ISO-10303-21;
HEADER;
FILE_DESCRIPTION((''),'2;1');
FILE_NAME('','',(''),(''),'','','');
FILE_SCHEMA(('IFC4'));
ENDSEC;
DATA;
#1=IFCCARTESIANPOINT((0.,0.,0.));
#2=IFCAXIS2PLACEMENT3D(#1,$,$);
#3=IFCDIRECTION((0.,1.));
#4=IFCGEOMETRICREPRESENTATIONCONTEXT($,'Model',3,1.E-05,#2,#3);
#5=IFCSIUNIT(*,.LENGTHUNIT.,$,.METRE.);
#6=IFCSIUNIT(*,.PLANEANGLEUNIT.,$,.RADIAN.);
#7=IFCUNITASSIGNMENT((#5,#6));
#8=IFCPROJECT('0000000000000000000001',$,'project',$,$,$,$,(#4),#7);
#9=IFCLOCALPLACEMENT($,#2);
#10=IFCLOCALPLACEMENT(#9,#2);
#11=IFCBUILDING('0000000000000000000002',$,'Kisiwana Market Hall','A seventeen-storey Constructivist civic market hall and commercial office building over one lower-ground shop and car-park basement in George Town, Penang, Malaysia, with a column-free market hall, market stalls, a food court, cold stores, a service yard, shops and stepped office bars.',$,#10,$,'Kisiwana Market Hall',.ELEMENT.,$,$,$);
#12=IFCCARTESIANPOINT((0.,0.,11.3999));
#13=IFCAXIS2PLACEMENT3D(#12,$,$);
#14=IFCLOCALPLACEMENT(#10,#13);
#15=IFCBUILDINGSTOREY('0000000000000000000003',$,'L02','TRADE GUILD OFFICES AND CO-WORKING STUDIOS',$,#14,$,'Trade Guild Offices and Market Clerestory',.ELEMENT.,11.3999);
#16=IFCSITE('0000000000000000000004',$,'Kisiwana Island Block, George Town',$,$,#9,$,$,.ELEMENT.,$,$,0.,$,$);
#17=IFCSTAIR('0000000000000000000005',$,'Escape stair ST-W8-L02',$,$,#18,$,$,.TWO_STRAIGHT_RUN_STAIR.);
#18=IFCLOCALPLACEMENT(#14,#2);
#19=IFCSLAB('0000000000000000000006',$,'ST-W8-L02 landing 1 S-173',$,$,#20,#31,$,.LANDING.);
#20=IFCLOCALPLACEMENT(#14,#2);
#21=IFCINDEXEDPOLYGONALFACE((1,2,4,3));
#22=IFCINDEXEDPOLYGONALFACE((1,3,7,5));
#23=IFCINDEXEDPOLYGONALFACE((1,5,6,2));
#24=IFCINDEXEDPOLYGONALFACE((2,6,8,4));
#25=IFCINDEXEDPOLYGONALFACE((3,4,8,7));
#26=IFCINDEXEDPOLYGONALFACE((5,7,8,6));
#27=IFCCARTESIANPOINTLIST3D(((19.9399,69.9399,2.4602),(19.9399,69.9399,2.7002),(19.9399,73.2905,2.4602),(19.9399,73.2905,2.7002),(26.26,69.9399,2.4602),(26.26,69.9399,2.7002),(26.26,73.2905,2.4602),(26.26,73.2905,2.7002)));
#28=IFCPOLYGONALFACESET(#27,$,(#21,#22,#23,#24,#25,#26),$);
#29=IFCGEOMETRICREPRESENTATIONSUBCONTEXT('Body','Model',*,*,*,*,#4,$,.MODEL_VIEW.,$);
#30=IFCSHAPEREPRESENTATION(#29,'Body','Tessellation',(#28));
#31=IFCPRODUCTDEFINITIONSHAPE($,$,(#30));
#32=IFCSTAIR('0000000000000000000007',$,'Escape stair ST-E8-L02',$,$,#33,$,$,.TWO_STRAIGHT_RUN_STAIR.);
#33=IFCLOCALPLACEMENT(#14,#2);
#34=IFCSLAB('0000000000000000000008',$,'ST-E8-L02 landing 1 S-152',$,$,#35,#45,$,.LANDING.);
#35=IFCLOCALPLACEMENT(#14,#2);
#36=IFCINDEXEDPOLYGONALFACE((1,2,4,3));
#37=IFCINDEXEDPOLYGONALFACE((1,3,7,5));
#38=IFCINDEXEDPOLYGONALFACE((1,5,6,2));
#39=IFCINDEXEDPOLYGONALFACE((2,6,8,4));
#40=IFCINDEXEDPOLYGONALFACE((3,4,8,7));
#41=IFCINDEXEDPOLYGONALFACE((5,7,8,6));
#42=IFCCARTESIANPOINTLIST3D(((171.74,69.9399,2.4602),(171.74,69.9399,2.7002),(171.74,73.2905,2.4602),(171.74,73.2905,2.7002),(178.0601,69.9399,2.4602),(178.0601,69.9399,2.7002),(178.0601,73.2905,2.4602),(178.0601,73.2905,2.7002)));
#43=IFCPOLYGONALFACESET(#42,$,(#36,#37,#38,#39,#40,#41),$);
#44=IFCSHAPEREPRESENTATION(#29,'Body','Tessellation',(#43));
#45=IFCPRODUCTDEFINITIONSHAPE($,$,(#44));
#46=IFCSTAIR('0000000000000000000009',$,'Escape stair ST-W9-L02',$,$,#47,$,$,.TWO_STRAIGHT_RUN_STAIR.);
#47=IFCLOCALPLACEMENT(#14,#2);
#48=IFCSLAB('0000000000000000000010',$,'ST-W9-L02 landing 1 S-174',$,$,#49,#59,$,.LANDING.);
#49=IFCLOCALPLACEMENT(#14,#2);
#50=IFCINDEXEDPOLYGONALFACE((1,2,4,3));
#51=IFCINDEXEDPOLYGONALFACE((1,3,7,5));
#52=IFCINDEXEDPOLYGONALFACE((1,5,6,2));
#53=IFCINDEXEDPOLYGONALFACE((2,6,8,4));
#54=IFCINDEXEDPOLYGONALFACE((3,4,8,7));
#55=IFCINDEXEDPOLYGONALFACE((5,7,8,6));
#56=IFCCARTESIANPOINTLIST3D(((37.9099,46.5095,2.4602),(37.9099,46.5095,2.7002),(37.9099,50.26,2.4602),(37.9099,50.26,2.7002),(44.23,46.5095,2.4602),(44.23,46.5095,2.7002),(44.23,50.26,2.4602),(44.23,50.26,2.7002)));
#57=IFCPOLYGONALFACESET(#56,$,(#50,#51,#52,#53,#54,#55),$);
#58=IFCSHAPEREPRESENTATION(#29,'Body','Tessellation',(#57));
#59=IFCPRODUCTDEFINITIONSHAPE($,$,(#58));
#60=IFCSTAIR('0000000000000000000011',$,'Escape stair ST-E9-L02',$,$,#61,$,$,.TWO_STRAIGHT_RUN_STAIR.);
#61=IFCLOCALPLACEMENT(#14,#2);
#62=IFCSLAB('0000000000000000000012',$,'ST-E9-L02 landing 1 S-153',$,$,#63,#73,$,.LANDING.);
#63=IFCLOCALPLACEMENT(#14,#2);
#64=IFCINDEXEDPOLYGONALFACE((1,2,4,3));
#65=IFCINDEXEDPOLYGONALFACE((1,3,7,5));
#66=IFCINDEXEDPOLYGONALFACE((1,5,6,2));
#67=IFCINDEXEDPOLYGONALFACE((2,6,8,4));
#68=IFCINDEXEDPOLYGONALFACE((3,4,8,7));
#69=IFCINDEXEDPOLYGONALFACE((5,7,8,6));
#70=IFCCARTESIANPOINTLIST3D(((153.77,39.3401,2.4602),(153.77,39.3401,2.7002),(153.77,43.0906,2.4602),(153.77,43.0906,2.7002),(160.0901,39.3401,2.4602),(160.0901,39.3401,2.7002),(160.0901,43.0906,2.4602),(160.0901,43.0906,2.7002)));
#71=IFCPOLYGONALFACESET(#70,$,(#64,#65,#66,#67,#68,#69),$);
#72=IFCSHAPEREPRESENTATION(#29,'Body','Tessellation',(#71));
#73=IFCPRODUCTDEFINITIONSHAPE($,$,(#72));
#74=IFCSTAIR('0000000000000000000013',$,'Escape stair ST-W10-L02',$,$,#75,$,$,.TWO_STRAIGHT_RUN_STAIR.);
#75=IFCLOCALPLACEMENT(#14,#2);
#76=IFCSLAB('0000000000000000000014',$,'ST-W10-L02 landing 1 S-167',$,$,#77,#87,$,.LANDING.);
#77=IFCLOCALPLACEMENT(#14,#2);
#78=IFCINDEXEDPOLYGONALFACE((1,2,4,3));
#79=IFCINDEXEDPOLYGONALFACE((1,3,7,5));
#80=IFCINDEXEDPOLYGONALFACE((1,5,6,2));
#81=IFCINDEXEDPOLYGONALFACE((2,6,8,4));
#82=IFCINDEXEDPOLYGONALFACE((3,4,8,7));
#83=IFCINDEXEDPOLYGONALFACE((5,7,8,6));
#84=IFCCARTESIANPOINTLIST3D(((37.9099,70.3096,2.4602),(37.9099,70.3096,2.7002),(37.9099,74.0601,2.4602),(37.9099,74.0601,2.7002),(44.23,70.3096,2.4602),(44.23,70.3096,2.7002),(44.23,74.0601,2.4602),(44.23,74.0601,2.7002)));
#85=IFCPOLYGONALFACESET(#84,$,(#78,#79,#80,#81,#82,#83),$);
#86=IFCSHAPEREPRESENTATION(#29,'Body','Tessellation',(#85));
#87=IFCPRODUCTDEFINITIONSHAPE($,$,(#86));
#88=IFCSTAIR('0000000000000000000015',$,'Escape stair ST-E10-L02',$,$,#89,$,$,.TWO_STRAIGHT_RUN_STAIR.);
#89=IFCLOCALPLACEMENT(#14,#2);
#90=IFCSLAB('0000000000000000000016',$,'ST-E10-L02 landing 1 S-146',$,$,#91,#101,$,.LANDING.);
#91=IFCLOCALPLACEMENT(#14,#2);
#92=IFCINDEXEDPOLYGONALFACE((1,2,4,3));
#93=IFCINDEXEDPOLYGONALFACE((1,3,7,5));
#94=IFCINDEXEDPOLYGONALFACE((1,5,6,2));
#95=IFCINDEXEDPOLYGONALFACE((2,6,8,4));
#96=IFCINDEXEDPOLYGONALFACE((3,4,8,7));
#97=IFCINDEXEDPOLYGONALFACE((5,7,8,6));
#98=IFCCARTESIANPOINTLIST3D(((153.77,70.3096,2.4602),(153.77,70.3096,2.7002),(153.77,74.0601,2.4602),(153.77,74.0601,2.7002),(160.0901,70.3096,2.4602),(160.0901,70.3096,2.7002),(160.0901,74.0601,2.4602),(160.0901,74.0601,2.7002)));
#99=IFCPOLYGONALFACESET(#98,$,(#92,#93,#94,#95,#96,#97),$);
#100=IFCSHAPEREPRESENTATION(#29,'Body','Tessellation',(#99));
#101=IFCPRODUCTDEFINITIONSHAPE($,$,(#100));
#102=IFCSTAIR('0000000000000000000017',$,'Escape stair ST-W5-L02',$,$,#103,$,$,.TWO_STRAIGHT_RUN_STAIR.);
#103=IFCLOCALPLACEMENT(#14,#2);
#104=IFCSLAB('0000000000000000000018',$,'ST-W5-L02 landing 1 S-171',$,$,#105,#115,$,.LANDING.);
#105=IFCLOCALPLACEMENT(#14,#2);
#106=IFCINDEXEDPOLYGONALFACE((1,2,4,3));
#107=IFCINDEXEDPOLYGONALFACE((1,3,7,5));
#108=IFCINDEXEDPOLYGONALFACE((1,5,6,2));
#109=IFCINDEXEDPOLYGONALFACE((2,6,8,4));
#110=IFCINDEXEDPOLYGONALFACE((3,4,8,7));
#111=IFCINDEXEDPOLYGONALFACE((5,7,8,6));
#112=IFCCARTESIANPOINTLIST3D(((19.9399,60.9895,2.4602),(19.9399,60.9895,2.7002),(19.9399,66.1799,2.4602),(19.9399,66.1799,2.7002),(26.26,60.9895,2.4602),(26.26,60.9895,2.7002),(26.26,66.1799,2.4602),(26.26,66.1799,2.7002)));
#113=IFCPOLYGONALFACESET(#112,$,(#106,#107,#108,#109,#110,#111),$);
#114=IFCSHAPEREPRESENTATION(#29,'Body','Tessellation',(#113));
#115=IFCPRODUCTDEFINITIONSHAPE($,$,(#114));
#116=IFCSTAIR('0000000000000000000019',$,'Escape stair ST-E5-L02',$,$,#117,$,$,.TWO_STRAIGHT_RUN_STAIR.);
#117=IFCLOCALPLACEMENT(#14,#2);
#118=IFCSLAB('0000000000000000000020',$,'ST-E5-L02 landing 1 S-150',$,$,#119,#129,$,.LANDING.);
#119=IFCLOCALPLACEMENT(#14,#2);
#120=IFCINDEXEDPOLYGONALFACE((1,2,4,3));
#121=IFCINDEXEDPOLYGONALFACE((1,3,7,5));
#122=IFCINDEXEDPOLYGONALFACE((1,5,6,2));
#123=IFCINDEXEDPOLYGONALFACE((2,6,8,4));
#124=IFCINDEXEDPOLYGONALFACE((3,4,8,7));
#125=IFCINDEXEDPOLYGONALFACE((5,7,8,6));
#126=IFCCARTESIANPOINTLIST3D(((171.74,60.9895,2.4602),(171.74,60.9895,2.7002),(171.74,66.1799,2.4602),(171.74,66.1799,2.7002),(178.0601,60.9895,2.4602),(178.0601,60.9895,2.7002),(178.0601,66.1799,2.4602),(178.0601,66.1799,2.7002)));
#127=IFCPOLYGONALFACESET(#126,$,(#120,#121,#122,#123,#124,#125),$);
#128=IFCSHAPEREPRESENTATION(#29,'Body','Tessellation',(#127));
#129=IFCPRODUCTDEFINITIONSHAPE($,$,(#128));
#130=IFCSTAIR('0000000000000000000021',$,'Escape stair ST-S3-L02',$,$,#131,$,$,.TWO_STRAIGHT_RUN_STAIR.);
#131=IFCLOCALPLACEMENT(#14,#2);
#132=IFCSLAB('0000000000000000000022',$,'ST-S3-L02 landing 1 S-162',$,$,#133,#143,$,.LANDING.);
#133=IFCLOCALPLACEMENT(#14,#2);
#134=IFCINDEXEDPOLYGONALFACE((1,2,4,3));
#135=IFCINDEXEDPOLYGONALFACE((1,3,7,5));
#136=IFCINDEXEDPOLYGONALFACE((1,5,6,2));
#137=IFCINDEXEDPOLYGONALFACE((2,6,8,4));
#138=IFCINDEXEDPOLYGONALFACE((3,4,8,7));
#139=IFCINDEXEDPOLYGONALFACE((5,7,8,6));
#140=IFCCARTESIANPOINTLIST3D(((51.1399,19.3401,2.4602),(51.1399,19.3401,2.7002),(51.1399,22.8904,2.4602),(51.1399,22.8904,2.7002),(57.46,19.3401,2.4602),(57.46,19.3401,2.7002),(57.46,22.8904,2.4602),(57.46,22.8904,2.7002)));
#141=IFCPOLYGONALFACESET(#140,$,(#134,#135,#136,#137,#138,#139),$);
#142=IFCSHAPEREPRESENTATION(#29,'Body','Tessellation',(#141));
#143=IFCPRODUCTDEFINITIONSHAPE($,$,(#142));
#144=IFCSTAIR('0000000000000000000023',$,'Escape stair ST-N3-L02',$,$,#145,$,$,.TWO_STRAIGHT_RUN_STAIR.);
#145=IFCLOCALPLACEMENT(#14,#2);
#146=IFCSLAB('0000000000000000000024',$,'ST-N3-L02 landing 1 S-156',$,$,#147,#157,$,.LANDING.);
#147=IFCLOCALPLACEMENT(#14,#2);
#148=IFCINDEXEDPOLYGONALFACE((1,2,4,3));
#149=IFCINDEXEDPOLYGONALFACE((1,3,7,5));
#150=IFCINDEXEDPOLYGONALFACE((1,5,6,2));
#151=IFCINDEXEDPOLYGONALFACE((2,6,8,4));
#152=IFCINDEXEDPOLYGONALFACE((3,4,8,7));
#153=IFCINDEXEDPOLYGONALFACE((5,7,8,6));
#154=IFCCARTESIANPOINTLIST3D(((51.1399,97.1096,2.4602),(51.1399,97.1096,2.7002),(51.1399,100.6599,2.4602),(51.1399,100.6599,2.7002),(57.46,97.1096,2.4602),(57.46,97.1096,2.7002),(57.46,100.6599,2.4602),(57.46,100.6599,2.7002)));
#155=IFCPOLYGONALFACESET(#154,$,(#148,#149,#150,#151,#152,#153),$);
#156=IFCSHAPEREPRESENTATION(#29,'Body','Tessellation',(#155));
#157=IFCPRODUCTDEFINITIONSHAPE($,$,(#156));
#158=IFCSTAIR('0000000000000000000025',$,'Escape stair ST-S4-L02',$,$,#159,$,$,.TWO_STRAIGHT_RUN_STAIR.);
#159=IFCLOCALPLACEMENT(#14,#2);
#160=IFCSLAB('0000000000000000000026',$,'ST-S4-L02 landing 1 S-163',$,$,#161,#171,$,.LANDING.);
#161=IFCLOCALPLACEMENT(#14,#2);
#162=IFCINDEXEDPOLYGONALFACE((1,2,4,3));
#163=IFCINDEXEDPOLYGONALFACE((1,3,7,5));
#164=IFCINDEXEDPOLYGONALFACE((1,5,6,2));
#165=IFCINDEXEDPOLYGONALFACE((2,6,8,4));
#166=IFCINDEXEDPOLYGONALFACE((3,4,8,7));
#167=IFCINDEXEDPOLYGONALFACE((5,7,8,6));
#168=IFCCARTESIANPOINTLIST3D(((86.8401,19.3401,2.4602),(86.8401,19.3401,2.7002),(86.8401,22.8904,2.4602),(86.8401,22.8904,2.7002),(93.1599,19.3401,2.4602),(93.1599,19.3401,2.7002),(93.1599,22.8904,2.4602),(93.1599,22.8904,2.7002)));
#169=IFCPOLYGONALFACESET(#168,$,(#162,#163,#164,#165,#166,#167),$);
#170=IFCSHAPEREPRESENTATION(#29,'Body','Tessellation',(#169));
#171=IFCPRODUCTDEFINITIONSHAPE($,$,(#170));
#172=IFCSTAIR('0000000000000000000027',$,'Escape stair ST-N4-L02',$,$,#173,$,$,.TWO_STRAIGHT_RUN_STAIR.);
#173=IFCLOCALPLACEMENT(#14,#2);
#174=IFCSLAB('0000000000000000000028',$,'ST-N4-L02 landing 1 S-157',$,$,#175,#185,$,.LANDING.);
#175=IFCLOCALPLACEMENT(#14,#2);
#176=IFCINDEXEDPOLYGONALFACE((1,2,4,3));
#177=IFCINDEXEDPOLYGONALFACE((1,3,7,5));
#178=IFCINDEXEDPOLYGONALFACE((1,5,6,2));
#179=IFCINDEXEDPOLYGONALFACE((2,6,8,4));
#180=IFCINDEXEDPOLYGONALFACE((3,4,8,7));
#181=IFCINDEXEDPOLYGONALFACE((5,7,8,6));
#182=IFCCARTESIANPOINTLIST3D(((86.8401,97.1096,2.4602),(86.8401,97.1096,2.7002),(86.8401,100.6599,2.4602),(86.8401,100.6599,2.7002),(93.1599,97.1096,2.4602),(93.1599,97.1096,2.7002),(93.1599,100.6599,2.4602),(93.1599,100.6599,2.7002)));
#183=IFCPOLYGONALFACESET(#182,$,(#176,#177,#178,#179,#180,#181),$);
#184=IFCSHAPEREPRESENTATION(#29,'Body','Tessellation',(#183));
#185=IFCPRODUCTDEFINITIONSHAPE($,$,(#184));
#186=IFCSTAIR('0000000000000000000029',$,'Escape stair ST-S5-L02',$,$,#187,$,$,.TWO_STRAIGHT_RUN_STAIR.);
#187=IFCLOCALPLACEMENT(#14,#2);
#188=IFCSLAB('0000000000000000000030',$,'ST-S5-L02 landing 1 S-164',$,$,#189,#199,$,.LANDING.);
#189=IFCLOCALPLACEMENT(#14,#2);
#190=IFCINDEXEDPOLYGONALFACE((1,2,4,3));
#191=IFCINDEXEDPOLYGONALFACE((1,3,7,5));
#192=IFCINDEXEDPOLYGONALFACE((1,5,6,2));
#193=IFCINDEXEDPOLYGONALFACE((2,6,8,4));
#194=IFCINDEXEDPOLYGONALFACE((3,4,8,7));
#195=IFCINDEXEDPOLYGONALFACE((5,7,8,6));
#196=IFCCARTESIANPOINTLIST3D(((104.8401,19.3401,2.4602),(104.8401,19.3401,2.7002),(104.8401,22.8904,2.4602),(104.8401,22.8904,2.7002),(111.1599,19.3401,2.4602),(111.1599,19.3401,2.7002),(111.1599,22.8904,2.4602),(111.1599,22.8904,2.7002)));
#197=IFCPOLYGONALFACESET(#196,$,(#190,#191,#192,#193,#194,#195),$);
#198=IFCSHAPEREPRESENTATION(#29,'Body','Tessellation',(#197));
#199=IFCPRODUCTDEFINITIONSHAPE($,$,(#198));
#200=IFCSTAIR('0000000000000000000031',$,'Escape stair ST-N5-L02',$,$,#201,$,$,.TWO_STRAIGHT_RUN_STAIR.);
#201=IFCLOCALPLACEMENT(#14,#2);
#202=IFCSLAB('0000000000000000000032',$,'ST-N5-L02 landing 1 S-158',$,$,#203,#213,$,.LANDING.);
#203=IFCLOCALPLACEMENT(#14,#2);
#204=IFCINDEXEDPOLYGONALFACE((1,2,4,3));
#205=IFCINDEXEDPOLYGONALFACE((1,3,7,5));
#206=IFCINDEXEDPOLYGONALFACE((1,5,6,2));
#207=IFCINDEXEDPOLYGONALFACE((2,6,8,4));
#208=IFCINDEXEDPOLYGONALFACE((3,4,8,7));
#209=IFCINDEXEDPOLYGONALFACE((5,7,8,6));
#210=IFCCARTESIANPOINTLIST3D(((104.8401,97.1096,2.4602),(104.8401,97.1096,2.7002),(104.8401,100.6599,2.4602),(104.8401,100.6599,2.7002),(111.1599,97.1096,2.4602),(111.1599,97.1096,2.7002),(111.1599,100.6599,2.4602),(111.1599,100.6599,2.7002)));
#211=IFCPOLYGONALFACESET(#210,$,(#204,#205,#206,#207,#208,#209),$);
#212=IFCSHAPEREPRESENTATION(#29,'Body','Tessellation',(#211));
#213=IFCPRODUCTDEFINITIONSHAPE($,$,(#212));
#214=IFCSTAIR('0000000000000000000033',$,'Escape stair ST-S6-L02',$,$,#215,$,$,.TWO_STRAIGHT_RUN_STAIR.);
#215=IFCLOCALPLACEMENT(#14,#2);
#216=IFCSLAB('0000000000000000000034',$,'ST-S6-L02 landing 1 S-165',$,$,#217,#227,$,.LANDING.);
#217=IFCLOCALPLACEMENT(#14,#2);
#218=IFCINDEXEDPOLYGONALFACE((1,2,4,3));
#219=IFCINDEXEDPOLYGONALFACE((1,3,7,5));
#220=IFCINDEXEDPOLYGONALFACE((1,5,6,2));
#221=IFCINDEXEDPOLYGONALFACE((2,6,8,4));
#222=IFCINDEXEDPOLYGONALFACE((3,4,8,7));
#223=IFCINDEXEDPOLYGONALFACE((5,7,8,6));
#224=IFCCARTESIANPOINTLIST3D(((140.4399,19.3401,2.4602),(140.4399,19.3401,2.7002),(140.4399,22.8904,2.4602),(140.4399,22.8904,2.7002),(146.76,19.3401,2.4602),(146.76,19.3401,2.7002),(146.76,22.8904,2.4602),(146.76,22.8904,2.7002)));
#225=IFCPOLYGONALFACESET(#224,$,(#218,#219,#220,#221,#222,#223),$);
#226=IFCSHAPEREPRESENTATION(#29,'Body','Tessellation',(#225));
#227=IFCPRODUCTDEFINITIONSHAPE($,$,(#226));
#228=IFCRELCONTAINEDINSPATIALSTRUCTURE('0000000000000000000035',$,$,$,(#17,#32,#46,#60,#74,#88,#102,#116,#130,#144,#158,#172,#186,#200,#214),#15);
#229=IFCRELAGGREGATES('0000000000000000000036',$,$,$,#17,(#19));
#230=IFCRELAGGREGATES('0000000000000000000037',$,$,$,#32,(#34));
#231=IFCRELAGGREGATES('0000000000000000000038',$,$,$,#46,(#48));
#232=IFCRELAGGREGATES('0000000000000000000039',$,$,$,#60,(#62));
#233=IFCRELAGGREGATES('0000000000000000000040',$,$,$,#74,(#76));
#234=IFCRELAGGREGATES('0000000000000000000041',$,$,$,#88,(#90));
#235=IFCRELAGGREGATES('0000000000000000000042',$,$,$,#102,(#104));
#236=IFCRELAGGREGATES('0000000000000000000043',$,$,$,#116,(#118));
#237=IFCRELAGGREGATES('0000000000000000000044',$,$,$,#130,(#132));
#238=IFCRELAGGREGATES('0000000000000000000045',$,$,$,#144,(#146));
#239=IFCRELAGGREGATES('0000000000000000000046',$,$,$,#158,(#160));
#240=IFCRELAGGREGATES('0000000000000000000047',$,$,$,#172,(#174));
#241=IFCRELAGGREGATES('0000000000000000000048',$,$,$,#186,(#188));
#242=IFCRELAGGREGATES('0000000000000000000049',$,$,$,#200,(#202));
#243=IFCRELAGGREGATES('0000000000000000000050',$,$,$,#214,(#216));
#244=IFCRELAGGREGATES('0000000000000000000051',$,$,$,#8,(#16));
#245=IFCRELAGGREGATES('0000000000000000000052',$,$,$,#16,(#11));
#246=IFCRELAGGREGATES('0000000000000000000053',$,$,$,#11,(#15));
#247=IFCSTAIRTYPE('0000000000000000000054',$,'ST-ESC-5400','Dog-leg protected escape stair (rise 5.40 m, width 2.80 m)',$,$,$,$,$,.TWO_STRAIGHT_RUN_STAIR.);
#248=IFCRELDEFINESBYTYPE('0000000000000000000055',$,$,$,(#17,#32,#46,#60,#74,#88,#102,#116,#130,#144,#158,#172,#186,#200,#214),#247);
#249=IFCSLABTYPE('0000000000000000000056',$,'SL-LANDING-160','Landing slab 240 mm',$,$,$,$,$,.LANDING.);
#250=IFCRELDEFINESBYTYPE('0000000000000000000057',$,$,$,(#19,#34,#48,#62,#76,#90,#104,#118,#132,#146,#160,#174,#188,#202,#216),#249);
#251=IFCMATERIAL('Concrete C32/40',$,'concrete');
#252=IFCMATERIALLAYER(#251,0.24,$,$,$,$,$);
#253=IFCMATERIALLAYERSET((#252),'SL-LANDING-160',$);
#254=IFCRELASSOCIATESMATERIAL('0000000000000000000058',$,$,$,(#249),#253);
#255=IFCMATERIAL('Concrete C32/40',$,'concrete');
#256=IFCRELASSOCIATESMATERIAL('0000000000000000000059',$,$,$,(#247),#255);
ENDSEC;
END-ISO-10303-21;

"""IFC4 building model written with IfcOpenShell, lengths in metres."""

from ifc_helpers import new_model, si_unit, direction, frame, origin, place, context, subcontext, project, spatial, polyline, outline, extrude, material, layer, layer_set, type_object, element, aggregate, save


model = new_model("IFC4")

# Units and contexts
model_context = context("Model", 3, precision=1e-05, world=origin(), true_north=direction((0.0, 1.0)))
body_context = subcontext(model_context, "Body", "Model", "MODEL_VIEW")
ifc_project = project(units=[si_unit("LENGTHUNIT", "METRE"), si_unit("PLANEANGLEUNIT", "RADIAN")], contexts=[model_context])

# Site, building, storey
site_placement = place(None, origin())
site = spatial("IfcSite", under=ifc_project, at=site_placement, Name="Kisiwana Island Block, George Town", CompositionType="ELEMENT", RefElevation=0.0)
building_placement = place(site_placement, origin())
building = spatial("IfcBuilding", under=site, at=building_placement, Name="Kisiwana Market Hall", Description="A seventeen-storey Constructivist civic market hall and commercial office building over one lower-ground shop and car-park basement in George Town, Penang, Malaysia, with a column-free market hall, market stalls, a food court, cold stores, a service yard, shops and stepped office bars.", LongName="Kisiwana Market Hall", CompositionType="ELEMENT")
storey_placement = place(building_placement, frame((0.0, 0.0, 11.3999)))
storey = spatial("IfcBuildingStorey", under=building, at=storey_placement, Name="L02", Description="TRADE GUILD OFFICES AND CO-WORKING STUDIOS", LongName="Trade Guild Offices and Market Clerestory", CompositionType="ELEMENT", Elevation=11.3999)

# Stairs, slabs
ifc_material_1 = material(Name="Concrete C32/40", Category="concrete")
ifc_layer_1 = layer(ifc_material_1, 0.24)
ifc_layer_set_1 = layer_set([ifc_layer_1], Name="SL-LANDING-160")
slab_type_1 = type_object("IfcSlabType", Name="SL-LANDING-160", Description="Landing slab 240 mm", PredefinedType="LANDING", material=ifc_layer_set_1)
ifc_material_2 = material(Name="Concrete C32/40", Category="concrete")
stair_type_1 = type_object("IfcStairType", Name="ST-ESC-5400", Description="Dog-leg protected escape stair (rise 5.40 m, width 2.80 m)", PredefinedType="TWO_STRAIGHT_RUN_STAIR", material=ifc_material_2)
stair_1_placement = place(storey_placement, origin())
stair_1 = element("IfcStair", 1, at=stair_1_placement, inside=storey, type_object=stair_type_1, Name="Escape stair ST-W8-L02", PredefinedType="TWO_STRAIGHT_RUN_STAIR")
slab_1_placement = place(storey_placement, frame((0.0, 0.0, 2.4602)))
slab_1 = element("IfcSlab", 2, at=slab_1_placement, type_object=slab_type_1, Name="ST-W8-L02 landing 1 S-173", PredefinedType="LANDING", context=body_context, shape_type="SweptSolid", body=[
    extrude(outline(polyline([(19.9399, 69.9399), (26.26, 69.9399), (26.26, 73.2905), (19.9399, 73.2905), (19.9399, 69.9399)])), origin(), (0.0, 0.0, 1.0), 0.24),
])
aggregate(stair_1, [slab_1])
stair_2_placement = place(storey_placement, origin())
stair_2 = element("IfcStair", 3, at=stair_2_placement, inside=storey, type_object=stair_type_1, Name="Escape stair ST-E8-L02", PredefinedType="TWO_STRAIGHT_RUN_STAIR")
slab_2_placement = place(storey_placement, frame((0.0, 0.0, 2.4602)))
slab_2 = element("IfcSlab", 4, at=slab_2_placement, type_object=slab_type_1, Name="ST-E8-L02 landing 1 S-152", PredefinedType="LANDING", context=body_context, shape_type="SweptSolid", body=[
    extrude(outline(polyline([(171.74, 69.9399), (178.0601, 69.9399), (178.0601, 73.2905), (171.74, 73.2905), (171.74, 69.9399)])), origin(), (0.0, 0.0, 1.0), 0.24),
])
aggregate(stair_2, [slab_2])
stair_3_placement = place(storey_placement, origin())
stair_3 = element("IfcStair", 5, at=stair_3_placement, inside=storey, type_object=stair_type_1, Name="Escape stair ST-W9-L02", PredefinedType="TWO_STRAIGHT_RUN_STAIR")
slab_3_placement = place(storey_placement, frame((0.0, 0.0, 2.4602)))
slab_3 = element("IfcSlab", 6, at=slab_3_placement, type_object=slab_type_1, Name="ST-W9-L02 landing 1 S-174", PredefinedType="LANDING", context=body_context, shape_type="SweptSolid", body=[
    extrude(outline(polyline([(37.9099, 46.5095), (44.23, 46.5095), (44.23, 50.26), (37.9099, 50.26), (37.9099, 46.5095)])), origin(), (0.0, 0.0, 1.0), 0.24),
])
aggregate(stair_3, [slab_3])
stair_4_placement = place(storey_placement, origin())
stair_4 = element("IfcStair", 7, at=stair_4_placement, inside=storey, type_object=stair_type_1, Name="Escape stair ST-E9-L02", PredefinedType="TWO_STRAIGHT_RUN_STAIR")
slab_4_placement = place(storey_placement, frame((0.0, 0.0, 2.4602)))
slab_4 = element("IfcSlab", 8, at=slab_4_placement, type_object=slab_type_1, Name="ST-E9-L02 landing 1 S-153", PredefinedType="LANDING", context=body_context, shape_type="SweptSolid", body=[
    extrude(outline(polyline([(153.77, 39.3401), (160.0901, 39.3401), (160.0901, 43.0906), (153.77, 43.0906), (153.77, 39.3401)])), origin(), (0.0, 0.0, 1.0), 0.24),
])
aggregate(stair_4, [slab_4])
stair_5_placement = place(storey_placement, origin())
stair_5 = element("IfcStair", 9, at=stair_5_placement, inside=storey, type_object=stair_type_1, Name="Escape stair ST-W10-L02", PredefinedType="TWO_STRAIGHT_RUN_STAIR")
slab_5_placement = place(storey_placement, frame((0.0, 0.0, 2.4602)))
slab_5 = element("IfcSlab", 10, at=slab_5_placement, type_object=slab_type_1, Name="ST-W10-L02 landing 1 S-167", PredefinedType="LANDING", context=body_context, shape_type="SweptSolid", body=[
    extrude(outline(polyline([(37.9099, 70.3096), (44.23, 70.3096), (44.23, 74.0601), (37.9099, 74.0601), (37.9099, 70.3096)])), origin(), (0.0, 0.0, 1.0), 0.24),
])
aggregate(stair_5, [slab_5])
stair_6_placement = place(storey_placement, origin())
stair_6 = element("IfcStair", 11, at=stair_6_placement, inside=storey, type_object=stair_type_1, Name="Escape stair ST-E10-L02", PredefinedType="TWO_STRAIGHT_RUN_STAIR")
slab_6_placement = place(storey_placement, frame((0.0, 0.0, 2.4602)))
slab_6 = element("IfcSlab", 12, at=slab_6_placement, type_object=slab_type_1, Name="ST-E10-L02 landing 1 S-146", PredefinedType="LANDING", context=body_context, shape_type="SweptSolid", body=[
    extrude(outline(polyline([(153.77, 70.3096), (160.0901, 70.3096), (160.0901, 74.0601), (153.77, 74.0601), (153.77, 70.3096)])), origin(), (0.0, 0.0, 1.0), 0.24),
])
aggregate(stair_6, [slab_6])
stair_7_placement = place(storey_placement, origin())
stair_7 = element("IfcStair", 13, at=stair_7_placement, inside=storey, type_object=stair_type_1, Name="Escape stair ST-W5-L02", PredefinedType="TWO_STRAIGHT_RUN_STAIR")
slab_7_placement = place(storey_placement, frame((0.0, 0.0, 2.4602)))
slab_7 = element("IfcSlab", 14, at=slab_7_placement, type_object=slab_type_1, Name="ST-W5-L02 landing 1 S-171", PredefinedType="LANDING", context=body_context, shape_type="SweptSolid", body=[
    extrude(outline(polyline([(19.9399, 60.9895), (26.26, 60.9895), (26.26, 66.1799), (19.9399, 66.1799), (19.9399, 60.9895)])), origin(), (0.0, 0.0, 1.0), 0.24),
])
aggregate(stair_7, [slab_7])
stair_8_placement = place(storey_placement, origin())
stair_8 = element("IfcStair", 15, at=stair_8_placement, inside=storey, type_object=stair_type_1, Name="Escape stair ST-E5-L02", PredefinedType="TWO_STRAIGHT_RUN_STAIR")
slab_8_placement = place(storey_placement, frame((0.0, 0.0, 2.4602)))
slab_8 = element("IfcSlab", 16, at=slab_8_placement, type_object=slab_type_1, Name="ST-E5-L02 landing 1 S-150", PredefinedType="LANDING", context=body_context, shape_type="SweptSolid", body=[
    extrude(outline(polyline([(171.74, 60.9895), (178.0601, 60.9895), (178.0601, 66.1799), (171.74, 66.1799), (171.74, 60.9895)])), origin(), (0.0, 0.0, 1.0), 0.24),
])
aggregate(stair_8, [slab_8])
stair_9_placement = place(storey_placement, origin())
stair_9 = element("IfcStair", 17, at=stair_9_placement, inside=storey, type_object=stair_type_1, Name="Escape stair ST-S3-L02", PredefinedType="TWO_STRAIGHT_RUN_STAIR")
slab_9_placement = place(storey_placement, frame((0.0, 0.0, 2.4602)))
slab_9 = element("IfcSlab", 18, at=slab_9_placement, type_object=slab_type_1, Name="ST-S3-L02 landing 1 S-162", PredefinedType="LANDING", context=body_context, shape_type="SweptSolid", body=[
    extrude(outline(polyline([(51.1399, 19.3401), (57.46, 19.3401), (57.46, 22.8904), (51.1399, 22.8904), (51.1399, 19.3401)])), origin(), (0.0, 0.0, 1.0), 0.24),
])
aggregate(stair_9, [slab_9])
stair_10_placement = place(storey_placement, origin())
stair_10 = element("IfcStair", 19, at=stair_10_placement, inside=storey, type_object=stair_type_1, Name="Escape stair ST-N3-L02", PredefinedType="TWO_STRAIGHT_RUN_STAIR")
slab_10_placement = place(storey_placement, frame((0.0, 0.0, 2.4602)))
slab_10 = element("IfcSlab", 20, at=slab_10_placement, type_object=slab_type_1, Name="ST-N3-L02 landing 1 S-156", PredefinedType="LANDING", context=body_context, shape_type="SweptSolid", body=[
    extrude(outline(polyline([(51.1399, 97.1096), (57.46, 97.1096), (57.46, 100.6599), (51.1399, 100.6599), (51.1399, 97.1096)])), origin(), (0.0, 0.0, 1.0), 0.24),
])
aggregate(stair_10, [slab_10])
stair_11_placement = place(storey_placement, origin())
stair_11 = element("IfcStair", 21, at=stair_11_placement, inside=storey, type_object=stair_type_1, Name="Escape stair ST-S4-L02", PredefinedType="TWO_STRAIGHT_RUN_STAIR")
slab_11_placement = place(storey_placement, frame((0.0, 0.0, 2.4602)))
slab_11 = element("IfcSlab", 22, at=slab_11_placement, type_object=slab_type_1, Name="ST-S4-L02 landing 1 S-163", PredefinedType="LANDING", context=body_context, shape_type="SweptSolid", body=[
    extrude(outline(polyline([(86.8401, 19.3401), (93.1599, 19.3401), (93.1599, 22.8904), (86.8401, 22.8904), (86.8401, 19.3401)])), origin(), (0.0, 0.0, 1.0), 0.24),
])
aggregate(stair_11, [slab_11])
stair_12_placement = place(storey_placement, origin())
stair_12 = element("IfcStair", 23, at=stair_12_placement, inside=storey, type_object=stair_type_1, Name="Escape stair ST-N4-L02", PredefinedType="TWO_STRAIGHT_RUN_STAIR")
slab_12_placement = place(storey_placement, frame((0.0, 0.0, 2.4602)))
slab_12 = element("IfcSlab", 24, at=slab_12_placement, type_object=slab_type_1, Name="ST-N4-L02 landing 1 S-157", PredefinedType="LANDING", context=body_context, shape_type="SweptSolid", body=[
    extrude(outline(polyline([(86.8401, 97.1096), (93.1599, 97.1096), (93.1599, 100.6599), (86.8401, 100.6599), (86.8401, 97.1096)])), origin(), (0.0, 0.0, 1.0), 0.24),
])
aggregate(stair_12, [slab_12])
stair_13_placement = place(storey_placement, origin())
stair_13 = element("IfcStair", 25, at=stair_13_placement, inside=storey, type_object=stair_type_1, Name="Escape stair ST-S5-L02", PredefinedType="TWO_STRAIGHT_RUN_STAIR")
slab_13_placement = place(storey_placement, frame((0.0, 0.0, 2.4602)))
slab_13 = element("IfcSlab", 26, at=slab_13_placement, type_object=slab_type_1, Name="ST-S5-L02 landing 1 S-164", PredefinedType="LANDING", context=body_context, shape_type="SweptSolid", body=[
    extrude(outline(polyline([(104.8401, 19.3401), (111.1599, 19.3401), (111.1599, 22.8904), (104.8401, 22.8904), (104.8401, 19.3401)])), origin(), (0.0, 0.0, 1.0), 0.24),
])
aggregate(stair_13, [slab_13])
stair_14_placement = place(storey_placement, origin())
stair_14 = element("IfcStair", 27, at=stair_14_placement, inside=storey, type_object=stair_type_1, Name="Escape stair ST-N5-L02", PredefinedType="TWO_STRAIGHT_RUN_STAIR")
slab_14_placement = place(storey_placement, frame((0.0, 0.0, 2.4602)))
slab_14 = element("IfcSlab", 28, at=slab_14_placement, type_object=slab_type_1, Name="ST-N5-L02 landing 1 S-158", PredefinedType="LANDING", context=body_context, shape_type="SweptSolid", body=[
    extrude(outline(polyline([(104.8401, 97.1096), (111.1599, 97.1096), (111.1599, 100.6599), (104.8401, 100.6599), (104.8401, 97.1096)])), origin(), (0.0, 0.0, 1.0), 0.24),
])
aggregate(stair_14, [slab_14])
stair_15_placement = place(storey_placement, origin())
stair_15 = element("IfcStair", 29, at=stair_15_placement, inside=storey, type_object=stair_type_1, Name="Escape stair ST-S6-L02", PredefinedType="TWO_STRAIGHT_RUN_STAIR")
slab_15_placement = place(storey_placement, frame((0.0, 0.0, 2.4602)))
slab_15 = element("IfcSlab", 30, at=slab_15_placement, type_object=slab_type_1, Name="ST-S6-L02 landing 1 S-165", PredefinedType="LANDING", context=body_context, shape_type="SweptSolid", body=[
    extrude(outline(polyline([(140.4399, 19.3401), (146.76, 19.3401), (146.76, 22.8904), (140.4399, 22.8904), (140.4399, 19.3401)])), origin(), (0.0, 0.0, 1.0), 0.24),
])
aggregate(stair_15, [slab_15])

save(model, "model.ifc")
